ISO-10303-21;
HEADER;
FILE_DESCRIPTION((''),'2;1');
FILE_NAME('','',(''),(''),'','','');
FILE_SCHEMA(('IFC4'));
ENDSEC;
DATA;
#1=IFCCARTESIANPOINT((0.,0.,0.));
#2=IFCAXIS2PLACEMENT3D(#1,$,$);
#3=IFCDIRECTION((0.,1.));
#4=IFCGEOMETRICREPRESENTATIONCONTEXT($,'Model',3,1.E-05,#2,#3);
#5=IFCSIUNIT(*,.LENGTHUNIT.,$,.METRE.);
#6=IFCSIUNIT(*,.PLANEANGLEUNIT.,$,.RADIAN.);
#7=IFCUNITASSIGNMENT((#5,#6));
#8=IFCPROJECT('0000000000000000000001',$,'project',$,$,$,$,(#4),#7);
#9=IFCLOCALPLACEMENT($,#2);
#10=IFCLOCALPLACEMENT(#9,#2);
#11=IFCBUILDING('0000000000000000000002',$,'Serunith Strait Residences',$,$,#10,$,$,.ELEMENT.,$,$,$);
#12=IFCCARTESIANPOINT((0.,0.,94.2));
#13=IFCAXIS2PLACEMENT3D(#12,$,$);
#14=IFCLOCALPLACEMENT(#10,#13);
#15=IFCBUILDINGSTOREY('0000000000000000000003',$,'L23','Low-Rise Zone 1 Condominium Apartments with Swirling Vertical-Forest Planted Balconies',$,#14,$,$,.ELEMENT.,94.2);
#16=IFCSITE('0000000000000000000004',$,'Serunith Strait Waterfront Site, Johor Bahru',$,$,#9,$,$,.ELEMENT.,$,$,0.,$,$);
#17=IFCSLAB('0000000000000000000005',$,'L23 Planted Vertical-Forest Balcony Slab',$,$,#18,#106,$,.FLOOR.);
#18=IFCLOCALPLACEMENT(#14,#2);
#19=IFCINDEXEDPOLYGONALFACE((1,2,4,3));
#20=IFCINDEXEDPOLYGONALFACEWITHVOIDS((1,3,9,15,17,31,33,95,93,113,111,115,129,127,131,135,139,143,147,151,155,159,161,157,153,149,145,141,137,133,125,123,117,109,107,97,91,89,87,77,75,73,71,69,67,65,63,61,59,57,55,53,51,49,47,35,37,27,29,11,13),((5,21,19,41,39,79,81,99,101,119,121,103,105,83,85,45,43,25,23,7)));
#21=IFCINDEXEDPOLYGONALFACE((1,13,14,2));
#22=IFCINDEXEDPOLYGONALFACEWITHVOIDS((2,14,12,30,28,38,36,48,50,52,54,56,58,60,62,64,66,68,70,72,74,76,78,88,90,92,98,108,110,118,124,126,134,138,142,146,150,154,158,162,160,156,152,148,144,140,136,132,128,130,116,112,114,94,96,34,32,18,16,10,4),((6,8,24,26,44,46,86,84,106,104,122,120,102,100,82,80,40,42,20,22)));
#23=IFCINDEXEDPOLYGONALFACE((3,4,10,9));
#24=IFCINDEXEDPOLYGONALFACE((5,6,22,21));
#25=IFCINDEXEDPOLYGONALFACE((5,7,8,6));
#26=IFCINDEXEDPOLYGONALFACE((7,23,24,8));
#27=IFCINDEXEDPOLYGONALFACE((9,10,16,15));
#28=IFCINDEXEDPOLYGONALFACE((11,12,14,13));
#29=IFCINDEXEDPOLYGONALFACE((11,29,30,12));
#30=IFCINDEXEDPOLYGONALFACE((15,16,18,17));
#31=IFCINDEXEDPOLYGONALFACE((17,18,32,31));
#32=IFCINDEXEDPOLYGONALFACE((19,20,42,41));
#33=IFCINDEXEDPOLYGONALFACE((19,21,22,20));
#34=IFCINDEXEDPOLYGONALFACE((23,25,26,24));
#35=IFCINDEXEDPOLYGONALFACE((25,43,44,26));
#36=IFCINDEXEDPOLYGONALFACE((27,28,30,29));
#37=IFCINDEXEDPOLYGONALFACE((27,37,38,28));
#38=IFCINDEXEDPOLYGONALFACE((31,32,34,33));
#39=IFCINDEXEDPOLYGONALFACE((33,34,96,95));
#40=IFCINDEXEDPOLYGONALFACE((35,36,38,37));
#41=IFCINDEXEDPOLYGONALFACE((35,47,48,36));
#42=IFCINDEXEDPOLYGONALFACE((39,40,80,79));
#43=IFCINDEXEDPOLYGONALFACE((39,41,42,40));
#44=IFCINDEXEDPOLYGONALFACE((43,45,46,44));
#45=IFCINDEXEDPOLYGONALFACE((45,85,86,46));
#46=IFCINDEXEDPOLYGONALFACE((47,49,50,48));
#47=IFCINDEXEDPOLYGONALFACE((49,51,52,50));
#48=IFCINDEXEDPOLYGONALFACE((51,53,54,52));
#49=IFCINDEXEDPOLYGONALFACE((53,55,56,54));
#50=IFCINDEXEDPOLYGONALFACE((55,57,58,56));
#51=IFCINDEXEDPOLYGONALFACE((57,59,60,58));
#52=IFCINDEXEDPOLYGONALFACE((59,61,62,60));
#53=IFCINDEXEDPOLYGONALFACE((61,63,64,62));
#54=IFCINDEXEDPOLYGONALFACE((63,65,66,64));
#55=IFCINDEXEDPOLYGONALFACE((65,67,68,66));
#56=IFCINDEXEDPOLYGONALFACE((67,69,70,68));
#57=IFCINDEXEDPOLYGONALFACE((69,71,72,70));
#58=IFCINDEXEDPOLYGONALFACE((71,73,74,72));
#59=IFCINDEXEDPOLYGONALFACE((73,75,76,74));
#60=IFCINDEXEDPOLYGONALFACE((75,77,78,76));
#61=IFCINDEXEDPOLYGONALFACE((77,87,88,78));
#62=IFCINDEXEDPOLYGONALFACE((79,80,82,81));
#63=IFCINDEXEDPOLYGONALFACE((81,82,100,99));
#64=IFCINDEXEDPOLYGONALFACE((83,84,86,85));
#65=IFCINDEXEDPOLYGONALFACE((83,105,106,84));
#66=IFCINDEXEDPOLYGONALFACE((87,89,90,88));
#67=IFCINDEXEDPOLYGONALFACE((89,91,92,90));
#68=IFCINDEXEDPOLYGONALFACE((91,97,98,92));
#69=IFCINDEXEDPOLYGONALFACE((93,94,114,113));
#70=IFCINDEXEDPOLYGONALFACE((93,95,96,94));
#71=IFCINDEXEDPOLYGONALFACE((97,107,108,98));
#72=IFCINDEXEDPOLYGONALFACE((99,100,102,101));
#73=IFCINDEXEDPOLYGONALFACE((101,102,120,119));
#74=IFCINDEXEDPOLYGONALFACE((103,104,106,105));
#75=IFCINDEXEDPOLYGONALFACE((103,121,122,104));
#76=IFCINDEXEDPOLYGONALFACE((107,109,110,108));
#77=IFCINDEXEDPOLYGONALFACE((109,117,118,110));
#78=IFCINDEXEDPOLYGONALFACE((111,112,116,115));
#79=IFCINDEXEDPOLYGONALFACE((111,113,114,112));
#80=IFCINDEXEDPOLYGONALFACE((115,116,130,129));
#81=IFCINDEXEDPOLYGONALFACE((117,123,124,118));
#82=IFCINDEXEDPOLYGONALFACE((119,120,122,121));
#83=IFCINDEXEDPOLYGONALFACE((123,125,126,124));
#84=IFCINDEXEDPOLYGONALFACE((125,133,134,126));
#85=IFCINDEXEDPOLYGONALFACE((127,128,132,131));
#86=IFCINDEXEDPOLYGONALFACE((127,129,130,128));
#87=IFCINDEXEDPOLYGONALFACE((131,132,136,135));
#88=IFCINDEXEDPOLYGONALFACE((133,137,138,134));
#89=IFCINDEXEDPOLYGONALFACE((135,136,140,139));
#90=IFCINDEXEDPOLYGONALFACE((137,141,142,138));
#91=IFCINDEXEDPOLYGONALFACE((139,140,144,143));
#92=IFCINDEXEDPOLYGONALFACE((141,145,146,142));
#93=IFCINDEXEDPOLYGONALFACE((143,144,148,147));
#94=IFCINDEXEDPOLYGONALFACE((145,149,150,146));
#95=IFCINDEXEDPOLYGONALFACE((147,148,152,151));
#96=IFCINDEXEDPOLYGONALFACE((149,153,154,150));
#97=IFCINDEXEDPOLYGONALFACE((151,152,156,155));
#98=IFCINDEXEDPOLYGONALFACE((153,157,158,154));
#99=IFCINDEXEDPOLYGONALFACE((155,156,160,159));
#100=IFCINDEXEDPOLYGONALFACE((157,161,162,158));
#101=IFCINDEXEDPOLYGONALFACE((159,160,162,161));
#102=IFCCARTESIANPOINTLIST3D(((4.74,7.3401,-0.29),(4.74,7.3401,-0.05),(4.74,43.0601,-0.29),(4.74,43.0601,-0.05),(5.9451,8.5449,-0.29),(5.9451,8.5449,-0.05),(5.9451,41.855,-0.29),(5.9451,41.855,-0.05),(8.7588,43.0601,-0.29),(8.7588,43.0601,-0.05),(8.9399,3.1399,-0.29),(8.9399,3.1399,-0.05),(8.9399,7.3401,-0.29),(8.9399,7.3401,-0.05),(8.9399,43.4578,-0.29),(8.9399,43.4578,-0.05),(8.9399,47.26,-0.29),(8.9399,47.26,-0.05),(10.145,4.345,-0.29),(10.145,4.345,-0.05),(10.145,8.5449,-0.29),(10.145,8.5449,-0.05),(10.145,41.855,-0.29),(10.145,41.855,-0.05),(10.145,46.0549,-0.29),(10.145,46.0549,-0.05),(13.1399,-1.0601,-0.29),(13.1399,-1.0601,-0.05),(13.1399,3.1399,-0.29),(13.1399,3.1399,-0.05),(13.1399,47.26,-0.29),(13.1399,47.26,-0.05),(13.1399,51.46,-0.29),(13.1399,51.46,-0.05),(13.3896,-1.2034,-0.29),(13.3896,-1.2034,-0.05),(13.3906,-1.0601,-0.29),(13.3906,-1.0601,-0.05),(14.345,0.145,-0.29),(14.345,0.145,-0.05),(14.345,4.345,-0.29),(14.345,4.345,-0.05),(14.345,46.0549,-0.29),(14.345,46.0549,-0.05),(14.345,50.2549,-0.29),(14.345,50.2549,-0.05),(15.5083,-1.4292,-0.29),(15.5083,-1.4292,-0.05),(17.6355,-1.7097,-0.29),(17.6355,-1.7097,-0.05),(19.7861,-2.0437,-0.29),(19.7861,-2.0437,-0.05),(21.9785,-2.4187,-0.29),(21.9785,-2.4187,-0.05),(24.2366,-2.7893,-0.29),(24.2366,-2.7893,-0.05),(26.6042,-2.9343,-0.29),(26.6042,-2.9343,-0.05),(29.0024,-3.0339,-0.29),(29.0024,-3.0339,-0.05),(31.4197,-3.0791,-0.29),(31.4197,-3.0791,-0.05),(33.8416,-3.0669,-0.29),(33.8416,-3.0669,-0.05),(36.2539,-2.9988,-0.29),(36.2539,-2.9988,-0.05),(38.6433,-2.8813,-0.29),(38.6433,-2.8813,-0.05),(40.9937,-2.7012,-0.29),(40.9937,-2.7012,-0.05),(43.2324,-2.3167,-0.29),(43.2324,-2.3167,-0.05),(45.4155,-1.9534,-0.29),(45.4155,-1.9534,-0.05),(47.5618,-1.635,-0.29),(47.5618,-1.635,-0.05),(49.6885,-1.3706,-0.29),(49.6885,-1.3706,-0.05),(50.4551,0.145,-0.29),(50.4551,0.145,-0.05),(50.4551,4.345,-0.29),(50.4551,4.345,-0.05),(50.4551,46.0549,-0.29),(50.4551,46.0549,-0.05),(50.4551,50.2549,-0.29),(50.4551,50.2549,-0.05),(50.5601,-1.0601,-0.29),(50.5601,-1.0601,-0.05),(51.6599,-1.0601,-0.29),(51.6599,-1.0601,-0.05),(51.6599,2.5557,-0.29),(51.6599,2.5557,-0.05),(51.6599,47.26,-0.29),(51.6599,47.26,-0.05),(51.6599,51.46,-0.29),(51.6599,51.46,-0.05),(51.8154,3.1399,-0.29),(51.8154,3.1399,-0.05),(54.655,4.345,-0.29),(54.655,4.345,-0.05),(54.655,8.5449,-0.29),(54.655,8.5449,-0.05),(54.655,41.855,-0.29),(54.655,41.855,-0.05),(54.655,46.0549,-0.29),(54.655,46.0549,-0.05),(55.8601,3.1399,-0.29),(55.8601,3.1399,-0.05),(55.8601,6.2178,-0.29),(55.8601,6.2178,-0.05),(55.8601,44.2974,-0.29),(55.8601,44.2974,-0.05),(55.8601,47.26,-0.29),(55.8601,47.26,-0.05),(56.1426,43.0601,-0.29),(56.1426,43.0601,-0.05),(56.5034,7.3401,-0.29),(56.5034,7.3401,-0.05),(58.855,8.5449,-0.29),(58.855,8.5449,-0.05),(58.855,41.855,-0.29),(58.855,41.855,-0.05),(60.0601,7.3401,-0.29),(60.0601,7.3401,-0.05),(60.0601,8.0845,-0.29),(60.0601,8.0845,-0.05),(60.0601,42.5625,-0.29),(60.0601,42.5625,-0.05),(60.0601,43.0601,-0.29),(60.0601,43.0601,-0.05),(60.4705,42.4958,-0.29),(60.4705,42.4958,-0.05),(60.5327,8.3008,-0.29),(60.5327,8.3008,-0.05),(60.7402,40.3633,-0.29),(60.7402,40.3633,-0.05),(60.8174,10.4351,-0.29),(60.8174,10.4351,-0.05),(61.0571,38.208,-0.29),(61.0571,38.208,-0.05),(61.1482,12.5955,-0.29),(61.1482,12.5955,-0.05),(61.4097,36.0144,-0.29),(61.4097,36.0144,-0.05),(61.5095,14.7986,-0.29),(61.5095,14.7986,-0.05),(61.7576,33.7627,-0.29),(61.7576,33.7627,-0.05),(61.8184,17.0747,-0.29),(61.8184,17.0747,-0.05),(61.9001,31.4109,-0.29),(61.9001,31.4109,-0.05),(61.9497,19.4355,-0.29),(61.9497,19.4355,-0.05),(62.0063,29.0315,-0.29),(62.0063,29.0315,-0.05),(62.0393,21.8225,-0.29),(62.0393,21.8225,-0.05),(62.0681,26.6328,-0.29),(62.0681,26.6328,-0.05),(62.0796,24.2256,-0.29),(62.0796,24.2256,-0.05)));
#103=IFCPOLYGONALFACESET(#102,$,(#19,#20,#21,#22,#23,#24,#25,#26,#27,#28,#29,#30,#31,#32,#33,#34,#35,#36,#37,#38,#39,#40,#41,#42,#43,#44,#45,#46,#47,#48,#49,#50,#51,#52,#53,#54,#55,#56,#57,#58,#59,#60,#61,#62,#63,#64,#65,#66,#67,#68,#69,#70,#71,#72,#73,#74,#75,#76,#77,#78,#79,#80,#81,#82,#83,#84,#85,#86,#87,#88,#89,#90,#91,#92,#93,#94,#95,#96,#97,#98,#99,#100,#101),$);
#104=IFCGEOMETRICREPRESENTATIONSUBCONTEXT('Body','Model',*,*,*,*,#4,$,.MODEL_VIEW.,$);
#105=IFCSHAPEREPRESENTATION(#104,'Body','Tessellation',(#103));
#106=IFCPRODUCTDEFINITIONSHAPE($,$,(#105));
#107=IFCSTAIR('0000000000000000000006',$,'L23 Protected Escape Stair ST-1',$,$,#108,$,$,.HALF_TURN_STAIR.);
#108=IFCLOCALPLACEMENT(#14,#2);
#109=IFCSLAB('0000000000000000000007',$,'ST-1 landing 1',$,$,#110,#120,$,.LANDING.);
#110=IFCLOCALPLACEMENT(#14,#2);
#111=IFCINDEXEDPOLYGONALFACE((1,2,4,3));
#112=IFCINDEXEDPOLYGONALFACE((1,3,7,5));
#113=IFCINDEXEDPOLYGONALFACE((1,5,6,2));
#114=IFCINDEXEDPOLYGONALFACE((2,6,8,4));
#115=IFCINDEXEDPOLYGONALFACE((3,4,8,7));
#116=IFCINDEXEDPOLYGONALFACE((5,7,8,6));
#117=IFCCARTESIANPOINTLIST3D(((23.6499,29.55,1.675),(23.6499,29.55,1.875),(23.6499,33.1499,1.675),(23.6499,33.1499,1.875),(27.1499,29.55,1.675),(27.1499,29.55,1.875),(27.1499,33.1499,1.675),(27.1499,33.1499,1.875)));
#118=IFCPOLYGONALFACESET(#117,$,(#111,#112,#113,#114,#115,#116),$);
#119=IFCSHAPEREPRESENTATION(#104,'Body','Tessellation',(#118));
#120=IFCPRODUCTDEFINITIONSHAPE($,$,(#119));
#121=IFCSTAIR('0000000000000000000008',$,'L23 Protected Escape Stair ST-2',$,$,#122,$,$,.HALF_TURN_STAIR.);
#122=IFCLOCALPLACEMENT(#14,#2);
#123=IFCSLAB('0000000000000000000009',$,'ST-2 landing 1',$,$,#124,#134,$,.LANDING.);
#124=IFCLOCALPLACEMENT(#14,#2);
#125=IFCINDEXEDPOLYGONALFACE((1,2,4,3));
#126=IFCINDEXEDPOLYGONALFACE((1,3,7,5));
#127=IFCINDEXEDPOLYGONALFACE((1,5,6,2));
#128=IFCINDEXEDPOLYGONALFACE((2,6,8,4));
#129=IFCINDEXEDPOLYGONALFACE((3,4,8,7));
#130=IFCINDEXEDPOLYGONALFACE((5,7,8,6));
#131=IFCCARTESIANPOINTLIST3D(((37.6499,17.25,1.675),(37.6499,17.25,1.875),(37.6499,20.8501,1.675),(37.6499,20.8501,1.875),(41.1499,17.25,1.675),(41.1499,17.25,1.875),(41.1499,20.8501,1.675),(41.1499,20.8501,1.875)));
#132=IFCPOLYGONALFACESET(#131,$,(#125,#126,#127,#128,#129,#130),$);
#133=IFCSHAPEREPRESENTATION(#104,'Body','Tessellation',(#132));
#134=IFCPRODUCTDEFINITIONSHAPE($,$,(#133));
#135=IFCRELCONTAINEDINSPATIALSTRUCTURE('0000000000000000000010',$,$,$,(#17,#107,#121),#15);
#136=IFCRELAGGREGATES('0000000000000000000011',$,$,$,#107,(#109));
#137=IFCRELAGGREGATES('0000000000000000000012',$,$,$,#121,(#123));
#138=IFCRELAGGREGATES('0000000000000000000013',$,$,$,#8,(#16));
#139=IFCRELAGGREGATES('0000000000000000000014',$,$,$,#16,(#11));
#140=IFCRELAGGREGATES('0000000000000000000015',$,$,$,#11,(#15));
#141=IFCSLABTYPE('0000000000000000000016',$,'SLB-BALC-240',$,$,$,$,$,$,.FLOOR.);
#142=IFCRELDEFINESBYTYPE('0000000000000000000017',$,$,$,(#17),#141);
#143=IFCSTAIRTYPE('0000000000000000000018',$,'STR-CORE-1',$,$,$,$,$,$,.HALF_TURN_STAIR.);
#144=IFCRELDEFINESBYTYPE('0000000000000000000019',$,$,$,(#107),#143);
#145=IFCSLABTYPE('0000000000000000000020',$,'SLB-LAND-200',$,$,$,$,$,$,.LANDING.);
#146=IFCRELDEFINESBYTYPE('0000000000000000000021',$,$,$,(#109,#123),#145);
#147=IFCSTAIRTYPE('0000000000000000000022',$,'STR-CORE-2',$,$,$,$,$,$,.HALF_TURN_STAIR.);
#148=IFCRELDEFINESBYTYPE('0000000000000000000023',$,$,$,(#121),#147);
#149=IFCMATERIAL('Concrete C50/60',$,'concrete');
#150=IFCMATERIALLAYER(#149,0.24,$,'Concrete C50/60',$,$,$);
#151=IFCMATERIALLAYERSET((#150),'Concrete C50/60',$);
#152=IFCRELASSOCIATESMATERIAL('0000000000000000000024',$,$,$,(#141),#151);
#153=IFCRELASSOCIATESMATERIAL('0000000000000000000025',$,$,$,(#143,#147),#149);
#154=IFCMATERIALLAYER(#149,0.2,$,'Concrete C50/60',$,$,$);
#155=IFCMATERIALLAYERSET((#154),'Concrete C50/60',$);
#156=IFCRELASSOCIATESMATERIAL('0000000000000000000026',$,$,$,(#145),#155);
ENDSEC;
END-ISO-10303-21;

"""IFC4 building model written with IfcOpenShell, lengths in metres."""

from ifc_helpers import new_model, si_unit, direction, frame, origin, place, context, subcontext, project, spatial, polyline, outline, extrude, material, layer, layer_set, type_object, element, aggregate, save


model = new_model("IFC4")

# Units and contexts
model_context = context("Model", 3, precision=1e-05, world=origin(), true_north=direction((0.0, 1.0)))
body_context = subcontext(model_context, "Body", "Model", "MODEL_VIEW")
ifc_project = project(units=[si_unit("LENGTHUNIT", "METRE"), si_unit("PLANEANGLEUNIT", "RADIAN")], contexts=[model_context])

# Site, building, storey
site_placement = place(None, origin())
site = spatial("IfcSite", under=ifc_project, at=site_placement, Name="Serunith Strait Waterfront Site, Johor Bahru", CompositionType="ELEMENT", RefElevation=0.0)
building_placement = place(site_placement, origin())
building = spatial("IfcBuilding", under=site, at=building_placement, Name="Serunith Strait Residences", CompositionType="ELEMENT")
storey_placement = place(building_placement, frame((0.0, 0.0, 94.2)))
storey = spatial("IfcBuildingStorey", under=building, at=storey_placement, Name="L23", Description="Low-Rise Zone 1 Condominium Apartments with Swirling Vertical-Forest Planted Balconies", CompositionType="ELEMENT", Elevation=94.2)

# Slab
ifc_material_1 = material(Name="Concrete C50/60", Category="concrete")
ifc_layer_1 = layer(ifc_material_1, 0.24, Name="Concrete C50/60")
ifc_layer_set_1 = layer_set([ifc_layer_1], Name="Concrete C50/60")
slab_type_1 = type_object("IfcSlabType", Name="SLB-BALC-240", PredefinedType="FLOOR", material=ifc_layer_set_1)
slab_1_placement = place(storey_placement, frame((0.0, 0.0, -0.29)))
element("IfcSlab", 1, at=slab_1_placement, inside=storey, type_object=slab_type_1, Name="L23 Planted Vertical-Forest Balcony Slab", PredefinedType="FLOOR", context=body_context, shape_type="SweptSolid", body=[
    extrude(outline(polyline([(13.1399, 3.1399), (8.9399, 3.1399), (8.9399, 7.3401), (4.74, 7.3401), (4.74, 43.0601), (8.7588, 43.0601), (8.9399, 43.4578), (8.9399, 47.26), (13.1399, 47.26), (13.1399, 51.46), (51.6599, 51.46), (51.6599, 47.26), (55.8601, 47.26), (55.8601, 44.2974), (56.1426, 43.0601), (60.0601, 43.0601), (60.0601, 42.5625), (60.4705, 42.4958), (60.7402, 40.3633), (61.0571, 38.208), (61.4097, 36.0144), (61.7576, 33.7627), (61.9001, 31.4109), (62.0063, 29.0315), (62.0681, 26.6328), (62.0796, 24.2256), (62.0393, 21.8225), (61.9497, 19.4355), (61.8184, 17.0747), (61.5095, 14.7986), (61.1482, 12.5955), (60.8174, 10.4351), (60.5327, 8.3008), (60.0601, 8.0845), (60.0601, 7.3401), (56.5034, 7.3401), (55.8601, 6.2178), (55.8601, 3.1399), (51.8154, 3.1399), (51.6599, 2.5557), (51.6599, -1.0601), (50.5601, -1.0601), (49.6885, -1.3706), (47.5618, -1.635), (45.4155, -1.9534), (43.2324, -2.3167), (40.9937, -2.7012), (38.6433, -2.8813), (36.2539, -2.9988), (33.8416, -3.0669), (31.4197, -3.0791), (29.0024, -3.0339), (26.6042, -2.9343), (24.2366, -2.7893), (21.9785, -2.4187), (19.7861, -2.0437), (17.6355, -1.7097), (15.5083, -1.4292), (13.3896, -1.2034), (13.3906, -1.0601), (13.1399, -1.0601), (13.1399, 3.1399)]), holes=[polyline([(50.4551, 0.145), (50.4551, 4.345), (54.655, 4.345), (54.655, 8.5449), (58.855, 8.5449), (58.855, 41.855), (54.655, 41.855), (54.655, 46.0549), (50.4551, 46.0549), (50.4551, 50.2549), (14.345, 50.2549), (14.345, 46.0549), (10.145, 46.0549), (10.145, 41.855), (5.9451, 41.855), (5.9451, 8.5449), (10.145, 8.5449), (10.145, 4.345), (14.345, 4.345), (14.345, 0.145), (50.4551, 0.145)])]), origin(), (0.0, 0.0, 1.0), 0.24),
])

# Stairs, slabs
stair_type_1 = type_object("IfcStairType", Name="STR-CORE-1", PredefinedType="HALF_TURN_STAIR", material=ifc_material_1)
stair_1_placement = place(storey_placement, origin())
stair_1 = element("IfcStair", 2, at=stair_1_placement, inside=storey, type_object=stair_type_1, Name="L23 Protected Escape Stair ST-1", PredefinedType="HALF_TURN_STAIR")
ifc_layer_2 = layer(ifc_material_1, 0.2, Name="Concrete C50/60")
ifc_layer_set_2 = layer_set([ifc_layer_2], Name="Concrete C50/60")
slab_type_2 = type_object("IfcSlabType", Name="SLB-LAND-200", PredefinedType="LANDING", material=ifc_layer_set_2)
slab_2_placement = place(storey_placement, frame((0.0, 0.0, 1.675)))
slab_2 = element("IfcSlab", 3, at=slab_2_placement, type_object=slab_type_2, Name="ST-1 landing 1", PredefinedType="LANDING", context=body_context, shape_type="SweptSolid", body=[
    extrude(outline(polyline([(27.1499, 29.55), (27.1499, 33.1499), (23.6499, 33.1499), (23.6499, 29.55), (27.1499, 29.55)])), origin(), (0.0, 0.0, 1.0), 0.2),
])
aggregate(stair_1, [slab_2])
stair_type_2 = type_object("IfcStairType", Name="STR-CORE-2", PredefinedType="HALF_TURN_STAIR", material=ifc_material_1)
stair_2_placement = place(storey_placement, origin())
stair_2 = element("IfcStair", 4, at=stair_2_placement, inside=storey, type_object=stair_type_2, Name="L23 Protected Escape Stair ST-2", PredefinedType="HALF_TURN_STAIR")
slab_3_placement = place(storey_placement, frame((0.0, 0.0, 1.675)))
slab_3 = element("IfcSlab", 5, at=slab_3_placement, type_object=slab_type_2, Name="ST-2 landing 1", PredefinedType="LANDING", context=body_context, shape_type="SweptSolid", body=[
    extrude(outline(polyline([(37.6499, 20.8501), (37.6499, 17.25), (41.1499, 17.25), (41.1499, 20.8501), (37.6499, 20.8501)])), origin(), (0.0, 0.0, 1.0), 0.2),
])
aggregate(stair_2, [slab_3])

save(model, "model.ifc")
